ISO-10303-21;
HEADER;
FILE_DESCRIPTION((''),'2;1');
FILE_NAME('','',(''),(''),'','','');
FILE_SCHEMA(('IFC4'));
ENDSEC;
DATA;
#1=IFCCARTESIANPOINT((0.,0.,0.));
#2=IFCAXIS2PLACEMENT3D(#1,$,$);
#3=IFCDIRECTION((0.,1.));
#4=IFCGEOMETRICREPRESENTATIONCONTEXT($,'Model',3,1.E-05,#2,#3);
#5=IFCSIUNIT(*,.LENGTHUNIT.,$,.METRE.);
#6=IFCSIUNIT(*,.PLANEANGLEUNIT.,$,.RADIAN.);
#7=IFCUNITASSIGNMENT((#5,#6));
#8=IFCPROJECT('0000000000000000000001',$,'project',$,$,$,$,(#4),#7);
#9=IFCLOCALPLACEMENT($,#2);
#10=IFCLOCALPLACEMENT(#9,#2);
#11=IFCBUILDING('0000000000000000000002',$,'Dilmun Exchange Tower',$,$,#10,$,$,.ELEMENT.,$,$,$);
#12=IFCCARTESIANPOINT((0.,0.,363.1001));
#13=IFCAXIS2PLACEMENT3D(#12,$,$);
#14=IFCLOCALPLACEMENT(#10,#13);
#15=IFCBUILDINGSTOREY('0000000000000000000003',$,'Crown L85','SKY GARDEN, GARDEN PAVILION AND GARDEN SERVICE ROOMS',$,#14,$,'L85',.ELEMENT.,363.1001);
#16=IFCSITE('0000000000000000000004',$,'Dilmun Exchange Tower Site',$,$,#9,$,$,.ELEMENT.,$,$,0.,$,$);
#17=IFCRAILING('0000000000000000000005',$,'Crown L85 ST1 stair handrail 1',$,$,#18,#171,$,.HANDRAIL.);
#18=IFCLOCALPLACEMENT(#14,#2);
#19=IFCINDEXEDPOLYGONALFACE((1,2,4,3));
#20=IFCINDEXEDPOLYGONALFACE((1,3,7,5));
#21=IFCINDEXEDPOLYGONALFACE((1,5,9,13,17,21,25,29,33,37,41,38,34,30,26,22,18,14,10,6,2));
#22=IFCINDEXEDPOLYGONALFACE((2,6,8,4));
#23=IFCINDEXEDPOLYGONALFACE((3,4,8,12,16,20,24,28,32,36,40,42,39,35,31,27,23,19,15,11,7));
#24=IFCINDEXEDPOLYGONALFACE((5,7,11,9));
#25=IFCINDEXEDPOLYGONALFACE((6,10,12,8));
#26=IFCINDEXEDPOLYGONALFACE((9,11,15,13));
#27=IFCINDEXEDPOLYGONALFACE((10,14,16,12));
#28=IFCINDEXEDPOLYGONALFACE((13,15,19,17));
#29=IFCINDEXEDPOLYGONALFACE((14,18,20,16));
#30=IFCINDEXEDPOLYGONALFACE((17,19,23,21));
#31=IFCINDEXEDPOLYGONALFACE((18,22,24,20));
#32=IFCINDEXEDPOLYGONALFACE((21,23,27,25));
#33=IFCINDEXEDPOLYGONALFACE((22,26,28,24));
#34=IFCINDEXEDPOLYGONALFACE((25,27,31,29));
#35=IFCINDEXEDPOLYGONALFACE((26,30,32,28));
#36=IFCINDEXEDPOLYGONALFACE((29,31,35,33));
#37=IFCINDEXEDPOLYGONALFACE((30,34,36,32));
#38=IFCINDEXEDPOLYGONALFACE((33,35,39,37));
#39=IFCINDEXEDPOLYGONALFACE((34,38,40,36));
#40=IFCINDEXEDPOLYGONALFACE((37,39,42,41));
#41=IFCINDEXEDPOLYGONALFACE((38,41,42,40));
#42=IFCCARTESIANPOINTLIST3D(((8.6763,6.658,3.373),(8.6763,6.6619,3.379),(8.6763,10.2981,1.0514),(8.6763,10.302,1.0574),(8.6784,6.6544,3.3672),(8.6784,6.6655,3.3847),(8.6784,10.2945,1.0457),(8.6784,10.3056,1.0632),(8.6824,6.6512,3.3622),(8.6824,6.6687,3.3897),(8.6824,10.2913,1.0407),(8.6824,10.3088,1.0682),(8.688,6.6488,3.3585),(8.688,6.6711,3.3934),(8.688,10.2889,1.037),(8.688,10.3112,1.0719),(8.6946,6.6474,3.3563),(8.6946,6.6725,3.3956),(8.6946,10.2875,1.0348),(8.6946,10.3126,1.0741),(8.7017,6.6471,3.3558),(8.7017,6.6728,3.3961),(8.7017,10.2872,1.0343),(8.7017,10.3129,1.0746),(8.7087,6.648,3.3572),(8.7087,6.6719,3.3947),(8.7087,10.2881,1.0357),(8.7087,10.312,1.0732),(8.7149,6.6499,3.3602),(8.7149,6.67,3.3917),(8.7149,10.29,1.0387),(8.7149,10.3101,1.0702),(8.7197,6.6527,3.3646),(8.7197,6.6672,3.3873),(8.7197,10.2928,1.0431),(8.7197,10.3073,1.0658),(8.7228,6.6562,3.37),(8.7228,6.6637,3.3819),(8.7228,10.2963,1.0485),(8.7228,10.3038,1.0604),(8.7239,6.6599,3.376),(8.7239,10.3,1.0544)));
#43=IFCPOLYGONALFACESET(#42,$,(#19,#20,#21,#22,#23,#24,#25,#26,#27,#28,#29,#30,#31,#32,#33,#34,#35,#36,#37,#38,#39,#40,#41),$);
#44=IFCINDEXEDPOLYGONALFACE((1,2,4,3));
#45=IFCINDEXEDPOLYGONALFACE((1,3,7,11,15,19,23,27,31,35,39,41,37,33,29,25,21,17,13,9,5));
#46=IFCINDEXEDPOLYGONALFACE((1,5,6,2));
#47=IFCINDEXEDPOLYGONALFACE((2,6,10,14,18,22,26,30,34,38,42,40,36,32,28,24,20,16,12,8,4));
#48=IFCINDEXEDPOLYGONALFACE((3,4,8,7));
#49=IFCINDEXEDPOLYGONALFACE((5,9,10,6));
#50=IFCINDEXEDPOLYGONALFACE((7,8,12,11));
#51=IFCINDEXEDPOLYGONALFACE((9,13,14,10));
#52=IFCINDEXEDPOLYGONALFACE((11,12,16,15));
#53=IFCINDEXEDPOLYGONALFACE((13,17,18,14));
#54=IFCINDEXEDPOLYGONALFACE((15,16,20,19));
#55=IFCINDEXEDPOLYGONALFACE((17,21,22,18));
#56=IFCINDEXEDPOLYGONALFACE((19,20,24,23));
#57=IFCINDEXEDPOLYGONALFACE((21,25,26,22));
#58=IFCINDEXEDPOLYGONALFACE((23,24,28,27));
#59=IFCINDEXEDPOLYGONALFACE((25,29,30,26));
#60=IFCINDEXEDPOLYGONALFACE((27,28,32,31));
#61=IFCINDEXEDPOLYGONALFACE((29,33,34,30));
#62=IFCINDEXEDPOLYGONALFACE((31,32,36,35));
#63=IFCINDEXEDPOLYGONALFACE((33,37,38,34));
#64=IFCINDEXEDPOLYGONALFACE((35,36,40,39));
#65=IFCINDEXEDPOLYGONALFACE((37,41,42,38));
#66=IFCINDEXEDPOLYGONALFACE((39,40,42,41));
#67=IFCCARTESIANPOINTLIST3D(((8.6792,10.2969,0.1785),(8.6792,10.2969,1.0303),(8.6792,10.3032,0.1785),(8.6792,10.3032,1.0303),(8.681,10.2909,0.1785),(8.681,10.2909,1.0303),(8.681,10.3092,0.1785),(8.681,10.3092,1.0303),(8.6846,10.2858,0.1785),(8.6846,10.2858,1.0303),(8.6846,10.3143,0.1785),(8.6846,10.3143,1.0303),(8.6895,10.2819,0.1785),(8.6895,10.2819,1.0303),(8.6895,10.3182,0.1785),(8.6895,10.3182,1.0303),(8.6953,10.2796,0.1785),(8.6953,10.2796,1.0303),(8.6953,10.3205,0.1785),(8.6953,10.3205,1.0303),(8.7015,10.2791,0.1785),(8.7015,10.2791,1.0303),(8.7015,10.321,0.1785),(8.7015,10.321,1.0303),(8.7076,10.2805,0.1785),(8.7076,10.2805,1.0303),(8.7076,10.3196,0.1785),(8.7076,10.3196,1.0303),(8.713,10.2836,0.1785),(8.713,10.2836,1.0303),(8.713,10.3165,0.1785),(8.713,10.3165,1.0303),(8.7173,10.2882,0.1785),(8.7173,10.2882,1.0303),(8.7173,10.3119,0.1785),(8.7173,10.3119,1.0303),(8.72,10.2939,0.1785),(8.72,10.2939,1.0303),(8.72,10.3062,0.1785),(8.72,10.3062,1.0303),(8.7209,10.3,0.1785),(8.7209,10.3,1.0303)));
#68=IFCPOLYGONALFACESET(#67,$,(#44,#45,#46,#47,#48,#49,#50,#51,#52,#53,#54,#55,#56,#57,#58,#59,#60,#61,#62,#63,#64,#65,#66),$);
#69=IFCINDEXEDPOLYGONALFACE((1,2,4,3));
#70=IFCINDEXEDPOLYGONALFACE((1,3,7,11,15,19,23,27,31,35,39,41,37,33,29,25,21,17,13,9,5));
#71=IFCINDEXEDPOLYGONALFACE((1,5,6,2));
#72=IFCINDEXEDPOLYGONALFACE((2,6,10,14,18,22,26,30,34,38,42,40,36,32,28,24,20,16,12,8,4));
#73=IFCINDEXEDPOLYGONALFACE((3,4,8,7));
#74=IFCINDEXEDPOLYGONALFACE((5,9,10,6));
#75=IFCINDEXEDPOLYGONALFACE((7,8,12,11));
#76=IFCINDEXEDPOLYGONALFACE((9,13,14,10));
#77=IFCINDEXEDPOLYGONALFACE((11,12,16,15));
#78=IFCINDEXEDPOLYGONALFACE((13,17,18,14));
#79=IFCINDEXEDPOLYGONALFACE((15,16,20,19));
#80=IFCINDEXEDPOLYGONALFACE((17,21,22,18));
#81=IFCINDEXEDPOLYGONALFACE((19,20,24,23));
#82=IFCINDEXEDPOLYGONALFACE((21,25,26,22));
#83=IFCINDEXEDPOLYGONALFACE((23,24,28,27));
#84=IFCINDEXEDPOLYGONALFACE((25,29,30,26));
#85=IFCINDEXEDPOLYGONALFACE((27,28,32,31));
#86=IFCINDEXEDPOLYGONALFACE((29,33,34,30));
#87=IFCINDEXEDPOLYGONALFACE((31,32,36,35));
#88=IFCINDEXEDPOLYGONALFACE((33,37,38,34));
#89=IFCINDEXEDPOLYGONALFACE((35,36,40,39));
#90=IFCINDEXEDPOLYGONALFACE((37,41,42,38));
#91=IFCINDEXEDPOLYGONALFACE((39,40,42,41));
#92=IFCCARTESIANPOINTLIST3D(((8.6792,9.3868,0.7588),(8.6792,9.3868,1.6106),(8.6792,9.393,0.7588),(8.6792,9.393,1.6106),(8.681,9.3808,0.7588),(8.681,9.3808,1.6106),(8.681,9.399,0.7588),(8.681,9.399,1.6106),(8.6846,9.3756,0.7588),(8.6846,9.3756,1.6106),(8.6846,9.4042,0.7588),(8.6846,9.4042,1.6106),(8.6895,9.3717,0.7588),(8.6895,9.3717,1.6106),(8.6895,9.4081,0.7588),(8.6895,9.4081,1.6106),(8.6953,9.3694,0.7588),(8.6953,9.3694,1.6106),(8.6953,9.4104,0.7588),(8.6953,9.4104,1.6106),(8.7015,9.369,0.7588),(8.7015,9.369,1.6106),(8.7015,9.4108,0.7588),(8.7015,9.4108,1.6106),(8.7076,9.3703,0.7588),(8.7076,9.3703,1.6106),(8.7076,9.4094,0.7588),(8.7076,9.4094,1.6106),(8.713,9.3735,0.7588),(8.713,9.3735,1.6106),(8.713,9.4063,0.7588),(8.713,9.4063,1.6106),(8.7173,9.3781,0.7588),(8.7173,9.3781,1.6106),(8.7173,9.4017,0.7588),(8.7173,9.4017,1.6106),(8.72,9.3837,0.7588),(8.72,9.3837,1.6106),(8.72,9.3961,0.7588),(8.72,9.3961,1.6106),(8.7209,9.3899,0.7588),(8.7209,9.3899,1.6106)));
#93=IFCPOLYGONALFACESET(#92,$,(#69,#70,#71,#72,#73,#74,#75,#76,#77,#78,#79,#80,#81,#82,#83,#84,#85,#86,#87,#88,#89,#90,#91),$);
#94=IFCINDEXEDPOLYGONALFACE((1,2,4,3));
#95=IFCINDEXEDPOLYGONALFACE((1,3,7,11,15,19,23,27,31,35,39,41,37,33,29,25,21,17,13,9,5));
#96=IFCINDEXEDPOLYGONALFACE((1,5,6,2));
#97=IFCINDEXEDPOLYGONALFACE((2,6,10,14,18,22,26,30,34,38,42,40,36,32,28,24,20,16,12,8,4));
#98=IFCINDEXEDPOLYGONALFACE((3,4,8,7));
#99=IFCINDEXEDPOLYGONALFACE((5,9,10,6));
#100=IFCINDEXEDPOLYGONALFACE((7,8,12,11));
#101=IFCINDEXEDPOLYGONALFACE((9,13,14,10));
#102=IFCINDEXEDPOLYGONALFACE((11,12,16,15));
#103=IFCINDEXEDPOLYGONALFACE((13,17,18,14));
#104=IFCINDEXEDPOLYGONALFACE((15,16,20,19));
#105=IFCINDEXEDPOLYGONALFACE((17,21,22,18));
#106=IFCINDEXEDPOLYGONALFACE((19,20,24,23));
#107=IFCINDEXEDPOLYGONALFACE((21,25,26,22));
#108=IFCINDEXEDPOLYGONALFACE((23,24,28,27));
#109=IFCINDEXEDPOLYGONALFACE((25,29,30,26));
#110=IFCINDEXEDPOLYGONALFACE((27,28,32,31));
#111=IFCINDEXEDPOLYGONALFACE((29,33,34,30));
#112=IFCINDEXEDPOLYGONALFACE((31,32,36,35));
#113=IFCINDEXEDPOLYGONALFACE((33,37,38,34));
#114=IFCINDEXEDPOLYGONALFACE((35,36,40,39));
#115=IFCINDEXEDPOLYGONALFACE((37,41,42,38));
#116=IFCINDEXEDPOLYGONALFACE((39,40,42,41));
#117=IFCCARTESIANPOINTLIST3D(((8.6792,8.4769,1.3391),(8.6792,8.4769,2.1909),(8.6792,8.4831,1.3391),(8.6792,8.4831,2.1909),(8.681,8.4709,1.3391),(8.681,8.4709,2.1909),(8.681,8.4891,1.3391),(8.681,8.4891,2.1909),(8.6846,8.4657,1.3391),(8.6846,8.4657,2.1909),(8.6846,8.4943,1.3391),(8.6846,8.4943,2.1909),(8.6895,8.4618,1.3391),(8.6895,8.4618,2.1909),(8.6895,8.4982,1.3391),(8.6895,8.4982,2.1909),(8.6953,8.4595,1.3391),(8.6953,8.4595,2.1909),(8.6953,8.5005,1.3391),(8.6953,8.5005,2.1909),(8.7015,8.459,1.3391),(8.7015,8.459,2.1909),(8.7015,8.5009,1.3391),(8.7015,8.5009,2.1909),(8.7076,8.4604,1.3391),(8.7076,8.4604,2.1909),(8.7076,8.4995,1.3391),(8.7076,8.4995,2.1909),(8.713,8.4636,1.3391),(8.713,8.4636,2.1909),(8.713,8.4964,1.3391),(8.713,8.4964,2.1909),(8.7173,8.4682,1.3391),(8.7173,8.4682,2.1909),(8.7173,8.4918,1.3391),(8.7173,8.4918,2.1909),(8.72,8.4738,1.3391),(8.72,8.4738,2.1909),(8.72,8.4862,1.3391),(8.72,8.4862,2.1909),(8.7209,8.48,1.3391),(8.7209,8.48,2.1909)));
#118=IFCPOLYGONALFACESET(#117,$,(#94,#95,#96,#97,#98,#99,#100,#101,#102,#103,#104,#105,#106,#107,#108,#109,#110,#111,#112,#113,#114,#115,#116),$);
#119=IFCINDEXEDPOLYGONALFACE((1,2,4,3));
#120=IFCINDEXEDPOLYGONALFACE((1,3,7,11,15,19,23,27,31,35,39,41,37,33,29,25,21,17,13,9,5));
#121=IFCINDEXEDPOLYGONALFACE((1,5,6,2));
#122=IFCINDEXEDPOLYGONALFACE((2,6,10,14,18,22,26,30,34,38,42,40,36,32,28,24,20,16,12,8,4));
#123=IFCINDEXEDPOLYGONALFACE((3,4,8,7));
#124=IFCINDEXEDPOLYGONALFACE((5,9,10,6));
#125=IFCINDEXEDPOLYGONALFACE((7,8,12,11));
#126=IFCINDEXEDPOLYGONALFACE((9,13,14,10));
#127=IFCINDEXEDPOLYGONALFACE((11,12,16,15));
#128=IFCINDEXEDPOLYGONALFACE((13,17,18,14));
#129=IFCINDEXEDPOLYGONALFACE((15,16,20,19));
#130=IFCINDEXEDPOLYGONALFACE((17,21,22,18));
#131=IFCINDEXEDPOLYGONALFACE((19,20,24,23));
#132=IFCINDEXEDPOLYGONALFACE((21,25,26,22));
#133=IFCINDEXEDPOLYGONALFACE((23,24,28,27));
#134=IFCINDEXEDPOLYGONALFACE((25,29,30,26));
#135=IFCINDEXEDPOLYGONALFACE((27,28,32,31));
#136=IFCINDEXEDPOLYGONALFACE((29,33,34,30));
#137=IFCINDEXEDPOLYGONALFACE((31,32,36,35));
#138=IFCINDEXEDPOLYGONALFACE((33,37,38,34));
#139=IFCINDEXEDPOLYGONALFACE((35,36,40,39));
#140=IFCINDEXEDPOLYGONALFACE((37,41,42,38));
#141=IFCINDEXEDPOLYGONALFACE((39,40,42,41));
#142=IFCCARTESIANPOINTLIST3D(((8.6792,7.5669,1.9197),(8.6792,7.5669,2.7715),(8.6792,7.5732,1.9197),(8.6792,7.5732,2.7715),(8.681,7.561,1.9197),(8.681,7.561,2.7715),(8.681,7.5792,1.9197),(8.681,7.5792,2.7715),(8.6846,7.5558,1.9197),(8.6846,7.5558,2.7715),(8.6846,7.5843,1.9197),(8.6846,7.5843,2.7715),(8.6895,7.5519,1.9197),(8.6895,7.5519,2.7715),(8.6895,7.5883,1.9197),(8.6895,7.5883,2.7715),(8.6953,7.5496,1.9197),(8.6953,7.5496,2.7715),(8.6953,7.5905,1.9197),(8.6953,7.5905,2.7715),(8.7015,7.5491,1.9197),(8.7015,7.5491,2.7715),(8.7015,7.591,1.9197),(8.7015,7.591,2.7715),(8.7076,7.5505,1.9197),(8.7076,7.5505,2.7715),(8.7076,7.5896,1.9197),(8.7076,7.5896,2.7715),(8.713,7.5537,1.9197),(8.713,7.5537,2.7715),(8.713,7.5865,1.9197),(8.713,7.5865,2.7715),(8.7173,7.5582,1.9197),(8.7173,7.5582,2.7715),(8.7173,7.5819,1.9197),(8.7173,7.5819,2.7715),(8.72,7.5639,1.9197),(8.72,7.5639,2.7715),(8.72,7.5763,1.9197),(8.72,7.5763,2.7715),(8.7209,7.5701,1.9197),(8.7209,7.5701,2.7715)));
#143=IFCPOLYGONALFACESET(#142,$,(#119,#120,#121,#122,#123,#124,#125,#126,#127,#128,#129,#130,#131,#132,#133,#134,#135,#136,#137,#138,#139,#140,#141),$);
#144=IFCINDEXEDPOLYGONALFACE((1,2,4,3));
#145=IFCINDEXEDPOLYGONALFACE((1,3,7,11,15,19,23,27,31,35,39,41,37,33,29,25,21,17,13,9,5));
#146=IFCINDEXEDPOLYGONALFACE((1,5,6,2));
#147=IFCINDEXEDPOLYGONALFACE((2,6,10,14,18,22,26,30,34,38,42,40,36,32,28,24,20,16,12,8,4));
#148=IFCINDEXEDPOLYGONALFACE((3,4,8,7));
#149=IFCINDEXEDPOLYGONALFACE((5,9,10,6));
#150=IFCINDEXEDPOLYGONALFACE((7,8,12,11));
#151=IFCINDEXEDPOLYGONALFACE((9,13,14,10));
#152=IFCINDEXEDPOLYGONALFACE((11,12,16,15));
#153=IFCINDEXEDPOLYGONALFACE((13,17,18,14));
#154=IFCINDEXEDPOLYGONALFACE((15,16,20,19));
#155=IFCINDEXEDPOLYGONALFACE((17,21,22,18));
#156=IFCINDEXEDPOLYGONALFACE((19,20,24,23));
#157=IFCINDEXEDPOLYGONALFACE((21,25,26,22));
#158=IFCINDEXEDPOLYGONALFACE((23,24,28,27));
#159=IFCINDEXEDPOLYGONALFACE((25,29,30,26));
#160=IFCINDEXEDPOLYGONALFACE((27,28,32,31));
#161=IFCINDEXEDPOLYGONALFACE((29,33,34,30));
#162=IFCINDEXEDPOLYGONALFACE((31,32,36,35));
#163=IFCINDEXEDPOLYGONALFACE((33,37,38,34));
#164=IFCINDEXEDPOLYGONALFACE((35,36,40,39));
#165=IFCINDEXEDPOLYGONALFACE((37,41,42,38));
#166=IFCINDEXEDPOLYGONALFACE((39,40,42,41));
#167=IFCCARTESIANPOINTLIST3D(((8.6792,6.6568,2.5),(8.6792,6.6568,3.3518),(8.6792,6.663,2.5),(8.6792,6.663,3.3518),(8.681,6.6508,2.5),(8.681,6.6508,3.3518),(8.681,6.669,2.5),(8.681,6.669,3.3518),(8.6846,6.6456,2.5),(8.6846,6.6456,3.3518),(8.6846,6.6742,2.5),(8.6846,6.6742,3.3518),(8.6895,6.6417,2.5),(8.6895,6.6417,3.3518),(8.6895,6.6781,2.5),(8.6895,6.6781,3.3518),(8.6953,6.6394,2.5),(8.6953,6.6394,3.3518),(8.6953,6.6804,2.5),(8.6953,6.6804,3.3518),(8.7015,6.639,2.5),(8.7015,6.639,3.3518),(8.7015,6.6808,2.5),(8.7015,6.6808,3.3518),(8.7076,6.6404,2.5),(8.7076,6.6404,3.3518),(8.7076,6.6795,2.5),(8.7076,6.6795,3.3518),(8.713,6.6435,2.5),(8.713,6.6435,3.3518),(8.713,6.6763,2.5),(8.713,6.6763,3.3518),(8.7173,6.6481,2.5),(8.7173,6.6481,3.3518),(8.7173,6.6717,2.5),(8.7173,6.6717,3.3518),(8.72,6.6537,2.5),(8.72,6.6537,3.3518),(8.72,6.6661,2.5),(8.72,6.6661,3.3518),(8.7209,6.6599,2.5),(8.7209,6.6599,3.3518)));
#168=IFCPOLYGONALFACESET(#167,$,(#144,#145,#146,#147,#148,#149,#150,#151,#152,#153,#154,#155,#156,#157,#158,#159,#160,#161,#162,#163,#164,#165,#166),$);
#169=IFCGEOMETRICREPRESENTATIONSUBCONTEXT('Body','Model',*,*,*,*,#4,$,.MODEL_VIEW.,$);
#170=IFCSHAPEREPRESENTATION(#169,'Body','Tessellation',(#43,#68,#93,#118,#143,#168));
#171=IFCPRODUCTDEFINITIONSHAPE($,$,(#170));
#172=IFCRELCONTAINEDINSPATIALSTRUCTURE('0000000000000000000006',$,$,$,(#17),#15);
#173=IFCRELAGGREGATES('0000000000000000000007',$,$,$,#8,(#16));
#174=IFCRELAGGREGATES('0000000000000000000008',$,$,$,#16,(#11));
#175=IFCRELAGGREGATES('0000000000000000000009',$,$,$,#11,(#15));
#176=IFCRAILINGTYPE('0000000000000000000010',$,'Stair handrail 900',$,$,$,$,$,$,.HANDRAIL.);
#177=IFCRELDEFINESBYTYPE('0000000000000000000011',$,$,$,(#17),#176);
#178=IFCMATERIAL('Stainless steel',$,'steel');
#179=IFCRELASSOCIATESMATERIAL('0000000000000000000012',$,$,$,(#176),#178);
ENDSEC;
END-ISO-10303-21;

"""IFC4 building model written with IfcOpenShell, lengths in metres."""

from ifc_helpers import new_model, si_unit, direction, frame, origin, origin_2d, place, context, subcontext, project, spatial, circle, extrude, material, type_object, element, save


model = new_model("IFC4")

# Units and contexts
model_context = context("Model", 3, precision=1e-05, world=origin(), true_north=direction((0.0, 1.0)))
body_context = subcontext(model_context, "Body", "Model", "MODEL_VIEW")
ifc_project = project(units=[si_unit("LENGTHUNIT", "METRE"), si_unit("PLANEANGLEUNIT", "RADIAN")], contexts=[model_context])

# Site, building, storey
site_placement = place(None, origin())
site = spatial("IfcSite", under=ifc_project, at=site_placement, Name="Dilmun Exchange Tower Site", CompositionType="ELEMENT", RefElevation=0.0)
building_placement = place(site_placement, origin())
building = spatial("IfcBuilding", under=site, at=building_placement, Name="Dilmun Exchange Tower", CompositionType="ELEMENT")
storey_placement = place(building_placement, frame((0.0, 0.0, 363.1001)))
storey = spatial("IfcBuildingStorey", under=building, at=storey_placement, Name="Crown L85", Description="SKY GARDEN, GARDEN PAVILION AND GARDEN SERVICE ROOMS", LongName="L85", CompositionType="ELEMENT", Elevation=363.1001)

# Railing
ifc_material_1 = material(Name="Stainless steel", Category="steel")
railing_type = type_object("IfcRailingType", Name="Stair handrail 900", PredefinedType="HANDRAIL", material=ifc_material_1)
railing_1_placement = place(storey_placement, frame((8.7, 10.3, 0.1785)))
element("IfcRailing", 1, at=railing_1_placement, inside=storey, type_object=railing_type, Name="Crown L85 ST1 stair handrail 1", PredefinedType="HANDRAIL", context=body_context, shape_type="SweptSolid", body=[
    extrude(circle(Radius=0.0239, at=origin_2d()), frame((0.0, 0.0, 0.876), z_axis=(0.0, -0.843128, 0.537713), x_axis=(1.0, 0.0, 0.0)), (0.0, 0.0, 1.0), 4.3174),
    extrude(circle(Radius=0.021, at=origin_2d()), origin(), (0.0, 0.0, 1.0), 0.8518),
    extrude(circle(Radius=0.021, at=origin_2d()), frame((0.0, -0.9102, 0.5803)), (0.0, 0.0, 1.0), 0.8518),
    extrude(circle(Radius=0.021, at=origin_2d()), frame((0.0, -1.8201, 1.1606)), (0.0, 0.0, 1.0), 0.8518),
    extrude(circle(Radius=0.021, at=origin_2d()), frame((0.0, -2.73, 1.7412)), (0.0, 0.0, 1.0), 0.8518),
    extrude(circle(Radius=0.021, at=origin_2d()), frame((0.0, -3.6401, 2.3215)), (0.0, 0.0, 1.0), 0.8518),
])

save(model, "model.ifc")
